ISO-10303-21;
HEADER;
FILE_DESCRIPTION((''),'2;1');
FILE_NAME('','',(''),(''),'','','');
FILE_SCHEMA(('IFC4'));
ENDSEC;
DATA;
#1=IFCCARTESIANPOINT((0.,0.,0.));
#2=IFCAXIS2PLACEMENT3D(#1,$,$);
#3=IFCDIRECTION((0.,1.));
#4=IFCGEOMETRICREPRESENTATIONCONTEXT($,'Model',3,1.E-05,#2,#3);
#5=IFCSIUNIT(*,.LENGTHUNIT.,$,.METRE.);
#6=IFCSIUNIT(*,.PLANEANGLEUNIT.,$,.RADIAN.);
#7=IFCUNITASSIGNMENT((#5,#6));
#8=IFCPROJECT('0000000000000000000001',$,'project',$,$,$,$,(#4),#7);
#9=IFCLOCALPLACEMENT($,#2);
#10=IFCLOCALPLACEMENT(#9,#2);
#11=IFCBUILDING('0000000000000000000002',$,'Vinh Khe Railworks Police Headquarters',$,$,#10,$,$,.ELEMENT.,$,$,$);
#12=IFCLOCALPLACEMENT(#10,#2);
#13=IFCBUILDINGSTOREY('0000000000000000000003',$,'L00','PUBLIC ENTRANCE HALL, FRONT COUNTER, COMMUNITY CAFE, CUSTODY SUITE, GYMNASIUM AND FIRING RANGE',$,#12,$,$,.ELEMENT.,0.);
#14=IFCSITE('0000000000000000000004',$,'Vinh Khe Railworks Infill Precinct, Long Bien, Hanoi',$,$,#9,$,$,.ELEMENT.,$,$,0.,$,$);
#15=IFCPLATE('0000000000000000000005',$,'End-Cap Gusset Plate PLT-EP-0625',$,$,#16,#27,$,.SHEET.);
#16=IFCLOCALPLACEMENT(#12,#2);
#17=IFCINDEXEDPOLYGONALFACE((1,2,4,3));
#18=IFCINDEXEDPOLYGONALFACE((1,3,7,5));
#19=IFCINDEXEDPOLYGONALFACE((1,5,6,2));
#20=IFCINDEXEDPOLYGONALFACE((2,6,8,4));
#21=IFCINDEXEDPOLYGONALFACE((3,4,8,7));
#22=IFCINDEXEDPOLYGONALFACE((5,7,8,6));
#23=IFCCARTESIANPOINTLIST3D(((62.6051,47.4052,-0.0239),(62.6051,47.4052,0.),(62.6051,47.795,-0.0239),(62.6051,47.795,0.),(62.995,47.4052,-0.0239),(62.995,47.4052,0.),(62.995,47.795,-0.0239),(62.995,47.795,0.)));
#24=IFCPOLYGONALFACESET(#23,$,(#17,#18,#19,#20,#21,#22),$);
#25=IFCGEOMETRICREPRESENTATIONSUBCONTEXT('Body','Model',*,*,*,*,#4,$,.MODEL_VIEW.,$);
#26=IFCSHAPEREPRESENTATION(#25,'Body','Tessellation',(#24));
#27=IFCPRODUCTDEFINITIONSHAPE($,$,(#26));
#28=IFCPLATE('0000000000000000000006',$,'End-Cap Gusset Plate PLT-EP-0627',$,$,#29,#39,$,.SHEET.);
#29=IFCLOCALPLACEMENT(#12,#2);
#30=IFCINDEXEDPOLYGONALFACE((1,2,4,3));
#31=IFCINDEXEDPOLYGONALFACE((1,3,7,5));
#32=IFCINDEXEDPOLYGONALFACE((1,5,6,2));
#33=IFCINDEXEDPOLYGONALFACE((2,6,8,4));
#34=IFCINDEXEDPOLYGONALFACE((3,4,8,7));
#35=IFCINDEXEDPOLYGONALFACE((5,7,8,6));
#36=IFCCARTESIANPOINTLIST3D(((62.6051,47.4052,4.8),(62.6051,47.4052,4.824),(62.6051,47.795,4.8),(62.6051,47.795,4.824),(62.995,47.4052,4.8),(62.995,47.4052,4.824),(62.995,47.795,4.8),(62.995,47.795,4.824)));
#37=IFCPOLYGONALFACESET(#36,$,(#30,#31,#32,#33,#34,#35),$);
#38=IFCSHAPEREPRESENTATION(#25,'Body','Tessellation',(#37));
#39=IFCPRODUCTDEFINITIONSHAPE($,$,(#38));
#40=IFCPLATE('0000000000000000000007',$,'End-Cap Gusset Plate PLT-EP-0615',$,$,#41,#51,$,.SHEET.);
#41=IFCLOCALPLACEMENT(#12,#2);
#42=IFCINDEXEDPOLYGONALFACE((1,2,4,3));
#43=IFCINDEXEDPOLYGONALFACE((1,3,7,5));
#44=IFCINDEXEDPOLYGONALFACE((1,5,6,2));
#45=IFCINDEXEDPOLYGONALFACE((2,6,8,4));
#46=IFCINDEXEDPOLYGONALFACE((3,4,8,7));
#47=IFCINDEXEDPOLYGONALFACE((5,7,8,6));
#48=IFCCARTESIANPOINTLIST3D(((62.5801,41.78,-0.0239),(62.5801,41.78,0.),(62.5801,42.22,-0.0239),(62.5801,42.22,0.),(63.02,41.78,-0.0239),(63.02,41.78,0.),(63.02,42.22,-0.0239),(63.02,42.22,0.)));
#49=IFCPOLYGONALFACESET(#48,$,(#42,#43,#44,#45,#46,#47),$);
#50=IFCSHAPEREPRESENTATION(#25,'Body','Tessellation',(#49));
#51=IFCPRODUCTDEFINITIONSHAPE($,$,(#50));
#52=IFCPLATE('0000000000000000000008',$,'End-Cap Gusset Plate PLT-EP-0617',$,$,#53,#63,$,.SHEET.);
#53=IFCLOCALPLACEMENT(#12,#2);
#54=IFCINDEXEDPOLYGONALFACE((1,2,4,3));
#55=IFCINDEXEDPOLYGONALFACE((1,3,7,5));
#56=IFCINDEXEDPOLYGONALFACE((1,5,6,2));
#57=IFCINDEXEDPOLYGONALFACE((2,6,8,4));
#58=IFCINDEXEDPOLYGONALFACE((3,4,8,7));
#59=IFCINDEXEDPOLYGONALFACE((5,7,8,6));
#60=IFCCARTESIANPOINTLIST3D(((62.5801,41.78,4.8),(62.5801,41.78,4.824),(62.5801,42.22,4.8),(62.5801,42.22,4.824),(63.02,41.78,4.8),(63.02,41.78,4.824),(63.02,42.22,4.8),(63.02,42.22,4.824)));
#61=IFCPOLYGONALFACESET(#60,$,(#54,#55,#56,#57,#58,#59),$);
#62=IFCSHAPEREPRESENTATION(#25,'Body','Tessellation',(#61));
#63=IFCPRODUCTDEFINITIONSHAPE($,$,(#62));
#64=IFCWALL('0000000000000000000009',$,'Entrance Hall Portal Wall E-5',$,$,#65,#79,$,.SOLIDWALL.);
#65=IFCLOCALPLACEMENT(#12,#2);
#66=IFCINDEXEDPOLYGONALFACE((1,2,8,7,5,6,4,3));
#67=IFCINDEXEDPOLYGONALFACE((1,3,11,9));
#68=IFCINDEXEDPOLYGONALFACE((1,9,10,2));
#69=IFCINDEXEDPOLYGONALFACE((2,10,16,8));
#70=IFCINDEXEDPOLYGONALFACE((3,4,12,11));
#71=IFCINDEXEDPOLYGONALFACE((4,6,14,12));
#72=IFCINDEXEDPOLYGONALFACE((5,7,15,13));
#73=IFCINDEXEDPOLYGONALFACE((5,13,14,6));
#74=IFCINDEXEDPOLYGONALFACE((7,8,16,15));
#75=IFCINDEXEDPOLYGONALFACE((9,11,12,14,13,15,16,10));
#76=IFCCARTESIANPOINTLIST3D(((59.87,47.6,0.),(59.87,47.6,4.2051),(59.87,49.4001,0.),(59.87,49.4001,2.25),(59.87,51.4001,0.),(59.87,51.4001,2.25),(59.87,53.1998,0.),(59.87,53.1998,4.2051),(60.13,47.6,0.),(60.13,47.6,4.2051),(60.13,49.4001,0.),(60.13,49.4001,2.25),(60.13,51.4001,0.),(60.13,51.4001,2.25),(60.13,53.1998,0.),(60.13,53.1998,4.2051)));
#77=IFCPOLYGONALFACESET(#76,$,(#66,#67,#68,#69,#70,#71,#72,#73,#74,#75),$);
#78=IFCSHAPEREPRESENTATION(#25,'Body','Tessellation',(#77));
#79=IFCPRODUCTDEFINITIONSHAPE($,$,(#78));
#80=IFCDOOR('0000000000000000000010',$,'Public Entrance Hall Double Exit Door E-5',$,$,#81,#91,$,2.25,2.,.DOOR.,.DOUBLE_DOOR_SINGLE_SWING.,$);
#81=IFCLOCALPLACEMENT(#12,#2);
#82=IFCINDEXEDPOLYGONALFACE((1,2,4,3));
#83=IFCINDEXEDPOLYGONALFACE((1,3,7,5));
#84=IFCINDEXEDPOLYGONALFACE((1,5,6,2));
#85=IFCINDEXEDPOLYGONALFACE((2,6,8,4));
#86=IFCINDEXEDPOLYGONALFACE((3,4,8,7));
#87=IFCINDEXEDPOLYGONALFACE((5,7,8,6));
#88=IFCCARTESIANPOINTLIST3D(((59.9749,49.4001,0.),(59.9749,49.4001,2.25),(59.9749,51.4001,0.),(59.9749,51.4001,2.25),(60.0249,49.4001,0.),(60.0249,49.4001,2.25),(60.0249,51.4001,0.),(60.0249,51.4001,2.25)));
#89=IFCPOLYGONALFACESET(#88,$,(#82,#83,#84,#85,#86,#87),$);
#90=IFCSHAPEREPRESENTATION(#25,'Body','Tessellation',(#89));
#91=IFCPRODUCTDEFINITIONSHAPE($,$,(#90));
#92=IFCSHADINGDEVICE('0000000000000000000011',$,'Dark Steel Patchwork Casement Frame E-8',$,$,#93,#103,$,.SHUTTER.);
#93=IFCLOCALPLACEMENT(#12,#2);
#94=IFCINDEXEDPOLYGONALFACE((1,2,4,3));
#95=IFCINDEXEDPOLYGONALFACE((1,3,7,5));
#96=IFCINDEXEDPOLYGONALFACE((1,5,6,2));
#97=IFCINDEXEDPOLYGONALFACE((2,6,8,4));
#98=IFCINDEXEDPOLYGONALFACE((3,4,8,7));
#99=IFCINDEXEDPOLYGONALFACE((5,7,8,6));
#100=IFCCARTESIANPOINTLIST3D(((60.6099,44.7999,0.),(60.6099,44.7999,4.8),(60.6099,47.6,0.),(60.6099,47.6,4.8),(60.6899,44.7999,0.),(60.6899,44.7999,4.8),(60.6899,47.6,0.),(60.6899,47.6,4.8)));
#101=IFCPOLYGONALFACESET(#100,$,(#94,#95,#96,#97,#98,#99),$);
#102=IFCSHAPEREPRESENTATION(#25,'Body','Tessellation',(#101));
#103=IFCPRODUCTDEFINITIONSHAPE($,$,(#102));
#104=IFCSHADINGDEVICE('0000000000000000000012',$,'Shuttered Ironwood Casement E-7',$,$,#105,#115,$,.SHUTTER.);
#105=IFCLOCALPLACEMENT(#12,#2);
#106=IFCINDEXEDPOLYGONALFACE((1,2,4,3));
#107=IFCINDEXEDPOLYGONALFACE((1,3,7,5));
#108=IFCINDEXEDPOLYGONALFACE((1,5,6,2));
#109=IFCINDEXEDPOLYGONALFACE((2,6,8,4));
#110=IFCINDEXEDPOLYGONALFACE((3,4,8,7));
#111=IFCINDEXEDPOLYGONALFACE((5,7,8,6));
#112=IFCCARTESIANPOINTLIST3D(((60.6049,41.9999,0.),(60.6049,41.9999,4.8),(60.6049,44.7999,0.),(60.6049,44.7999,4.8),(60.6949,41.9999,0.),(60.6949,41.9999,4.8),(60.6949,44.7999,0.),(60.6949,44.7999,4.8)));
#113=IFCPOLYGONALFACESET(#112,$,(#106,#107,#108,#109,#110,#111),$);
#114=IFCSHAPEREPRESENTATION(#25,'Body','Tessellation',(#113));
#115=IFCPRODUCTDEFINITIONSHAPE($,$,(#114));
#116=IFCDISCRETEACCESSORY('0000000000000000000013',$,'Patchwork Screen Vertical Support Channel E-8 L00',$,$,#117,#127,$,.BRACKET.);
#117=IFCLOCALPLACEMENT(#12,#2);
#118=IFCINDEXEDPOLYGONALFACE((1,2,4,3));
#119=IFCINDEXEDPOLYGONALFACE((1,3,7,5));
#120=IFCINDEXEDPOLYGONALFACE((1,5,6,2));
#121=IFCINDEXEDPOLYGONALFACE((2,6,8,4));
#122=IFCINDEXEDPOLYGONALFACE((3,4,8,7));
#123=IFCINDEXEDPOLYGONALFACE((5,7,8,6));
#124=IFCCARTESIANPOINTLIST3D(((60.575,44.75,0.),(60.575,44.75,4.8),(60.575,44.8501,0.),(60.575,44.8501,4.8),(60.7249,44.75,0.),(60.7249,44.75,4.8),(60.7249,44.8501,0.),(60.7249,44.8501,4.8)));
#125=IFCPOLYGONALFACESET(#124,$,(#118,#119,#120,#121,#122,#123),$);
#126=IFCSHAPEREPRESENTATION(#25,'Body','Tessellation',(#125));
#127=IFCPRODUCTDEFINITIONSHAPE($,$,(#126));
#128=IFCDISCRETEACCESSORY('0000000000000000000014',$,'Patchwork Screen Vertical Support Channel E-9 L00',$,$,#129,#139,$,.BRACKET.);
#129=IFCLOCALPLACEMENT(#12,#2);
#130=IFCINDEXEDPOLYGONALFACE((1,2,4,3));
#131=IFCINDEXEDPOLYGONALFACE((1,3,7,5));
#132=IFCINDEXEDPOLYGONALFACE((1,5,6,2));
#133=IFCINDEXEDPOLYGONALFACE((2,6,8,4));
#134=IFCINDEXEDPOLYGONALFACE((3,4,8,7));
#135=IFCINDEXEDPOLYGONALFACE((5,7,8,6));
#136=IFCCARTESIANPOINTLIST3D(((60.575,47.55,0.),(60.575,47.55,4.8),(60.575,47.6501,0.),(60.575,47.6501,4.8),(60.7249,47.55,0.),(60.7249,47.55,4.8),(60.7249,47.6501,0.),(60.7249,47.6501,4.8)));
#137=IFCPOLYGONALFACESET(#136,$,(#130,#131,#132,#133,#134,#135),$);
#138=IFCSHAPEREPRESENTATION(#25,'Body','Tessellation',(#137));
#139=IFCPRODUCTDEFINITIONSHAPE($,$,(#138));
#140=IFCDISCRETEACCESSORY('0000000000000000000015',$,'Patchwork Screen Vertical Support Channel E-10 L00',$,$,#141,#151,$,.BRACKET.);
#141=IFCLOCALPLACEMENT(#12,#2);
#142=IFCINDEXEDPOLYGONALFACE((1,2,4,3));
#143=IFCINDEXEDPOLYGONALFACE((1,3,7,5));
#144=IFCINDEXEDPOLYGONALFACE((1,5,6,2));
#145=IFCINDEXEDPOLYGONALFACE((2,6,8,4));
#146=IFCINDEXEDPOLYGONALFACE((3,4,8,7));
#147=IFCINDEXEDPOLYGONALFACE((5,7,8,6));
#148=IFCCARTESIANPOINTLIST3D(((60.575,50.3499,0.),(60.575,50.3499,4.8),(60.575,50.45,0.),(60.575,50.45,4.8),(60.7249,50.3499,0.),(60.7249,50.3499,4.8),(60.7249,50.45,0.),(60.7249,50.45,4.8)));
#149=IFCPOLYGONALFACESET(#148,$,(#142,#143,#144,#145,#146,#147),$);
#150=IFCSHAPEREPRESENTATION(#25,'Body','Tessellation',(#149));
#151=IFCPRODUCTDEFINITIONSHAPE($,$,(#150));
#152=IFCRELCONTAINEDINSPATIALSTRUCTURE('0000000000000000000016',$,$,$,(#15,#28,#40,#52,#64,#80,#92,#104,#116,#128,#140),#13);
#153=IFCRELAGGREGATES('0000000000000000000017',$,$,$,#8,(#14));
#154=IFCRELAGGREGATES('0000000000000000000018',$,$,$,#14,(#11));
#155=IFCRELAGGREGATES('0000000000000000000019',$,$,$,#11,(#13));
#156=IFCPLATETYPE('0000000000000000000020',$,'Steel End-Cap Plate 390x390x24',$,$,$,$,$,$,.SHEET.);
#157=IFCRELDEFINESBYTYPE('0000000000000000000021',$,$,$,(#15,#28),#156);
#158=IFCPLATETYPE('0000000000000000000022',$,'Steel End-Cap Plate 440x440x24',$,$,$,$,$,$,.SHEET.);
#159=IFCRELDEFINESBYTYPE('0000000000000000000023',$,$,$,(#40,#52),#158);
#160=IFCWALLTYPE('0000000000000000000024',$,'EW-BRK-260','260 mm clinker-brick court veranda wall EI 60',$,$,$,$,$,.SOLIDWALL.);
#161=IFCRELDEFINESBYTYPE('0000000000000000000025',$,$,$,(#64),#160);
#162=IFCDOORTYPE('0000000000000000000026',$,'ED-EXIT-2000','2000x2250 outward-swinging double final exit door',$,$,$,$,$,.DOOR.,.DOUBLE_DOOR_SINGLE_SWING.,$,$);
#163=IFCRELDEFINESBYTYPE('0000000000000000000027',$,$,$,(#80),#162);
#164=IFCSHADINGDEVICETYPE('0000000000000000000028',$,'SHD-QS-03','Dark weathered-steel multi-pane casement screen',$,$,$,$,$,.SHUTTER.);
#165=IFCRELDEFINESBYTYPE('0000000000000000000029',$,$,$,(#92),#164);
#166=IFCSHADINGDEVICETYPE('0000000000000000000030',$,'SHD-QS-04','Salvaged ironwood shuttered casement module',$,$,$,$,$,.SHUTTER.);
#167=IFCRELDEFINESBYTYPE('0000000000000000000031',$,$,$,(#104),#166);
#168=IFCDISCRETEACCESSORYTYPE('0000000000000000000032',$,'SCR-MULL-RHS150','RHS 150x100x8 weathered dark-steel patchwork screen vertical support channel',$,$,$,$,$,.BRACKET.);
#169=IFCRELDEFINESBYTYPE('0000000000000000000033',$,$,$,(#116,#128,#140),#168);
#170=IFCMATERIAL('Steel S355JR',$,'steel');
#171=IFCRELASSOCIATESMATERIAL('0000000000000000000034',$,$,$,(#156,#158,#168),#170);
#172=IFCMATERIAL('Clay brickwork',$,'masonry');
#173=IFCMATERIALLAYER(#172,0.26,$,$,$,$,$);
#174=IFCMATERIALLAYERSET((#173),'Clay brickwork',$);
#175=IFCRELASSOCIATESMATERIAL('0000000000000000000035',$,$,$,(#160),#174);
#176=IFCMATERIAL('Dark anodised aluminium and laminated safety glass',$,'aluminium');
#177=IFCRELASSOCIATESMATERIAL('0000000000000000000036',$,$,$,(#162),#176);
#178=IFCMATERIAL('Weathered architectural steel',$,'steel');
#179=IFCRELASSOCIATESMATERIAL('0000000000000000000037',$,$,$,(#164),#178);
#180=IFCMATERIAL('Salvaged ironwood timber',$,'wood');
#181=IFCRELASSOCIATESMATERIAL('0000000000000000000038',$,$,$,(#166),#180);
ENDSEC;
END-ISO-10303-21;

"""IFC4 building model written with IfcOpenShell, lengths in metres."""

from ifc_helpers import new_model, si_unit, direction, frame, frame_2d, origin, origin_2d, place, context, subcontext, project, spatial, rectangle, extrude, material, layer, layer_set, material_profile, profile_set, type_object, element, fill, save


model = new_model("IFC4")

# Units and contexts
model_context = context("Model", 3, precision=1e-05, world=origin(), true_north=direction((0.0, 1.0)))
body_context = subcontext(model_context, "Body", "Model", "MODEL_VIEW")
ifc_project = project(units=[si_unit("LENGTHUNIT", "METRE"), si_unit("PLANEANGLEUNIT", "RADIAN")], contexts=[model_context])

# Site, building, storey
site_placement = place(None, origin())
site = spatial("IfcSite", under=ifc_project, at=site_placement, Name="Vinh Khe Railworks Infill Precinct, Long Bien, Hanoi", CompositionType="ELEMENT", RefElevation=0.0)
building_placement = place(site_placement, origin())
building = spatial("IfcBuilding", under=site, at=building_placement, Name="Vinh Khe Railworks Police Headquarters", CompositionType="ELEMENT")
storey_placement = place(building_placement, origin())
storey = spatial("IfcBuildingStorey", under=building, at=storey_placement, Name="L00", Description="PUBLIC ENTRANCE HALL, FRONT COUNTER, COMMUNITY CAFE, CUSTODY SUITE, GYMNASIUM AND FIRING RANGE", CompositionType="ELEMENT", Elevation=0.0)

# Shared definitions
ifc_material_1 = material(Name="Steel S355JR", Category="steel")

# Shared definitions
ifc_material_2 = material(Name="Salvaged ironwood timber", Category="wood")

# Plates
ifc_material_profile_1 = material_profile(ifc_material_1, rectangle(XDim=0.3899, YDim=0.3899, at=origin_2d()), Name="PL 390x390")
ifc_profile_set_1 = profile_set([ifc_material_profile_1], Name="Steel S355JR")
plate_type_1 = type_object("IfcPlateType", Name="Steel End-Cap Plate 390x390x24", PredefinedType="SHEET", material=ifc_profile_set_1)
for number, where, z_axis, x_axis, name in (
    (1, (62.8, 47.6001, 0.0), (0.0, 0.0, -1.0), (1.0, 0.0, 0.0), "End-Cap Gusset Plate PLT-EP-0625"),
    (2, (62.8, 47.6001, 4.8), (0.0, 0.0, 1.0), (1.0, 0.0, 0.0), "End-Cap Gusset Plate PLT-EP-0627"),
):
    element("IfcPlate", number, at=place(storey_placement, frame(where, z_axis=z_axis, x_axis=x_axis)), inside=storey, type_object=plate_type_1, Name=name, PredefinedType="SHEET", context=body_context, shape_type="SweptSolid", body=[
        extrude(rectangle(XDim=0.3899, YDim=0.3899, at=origin_2d()), origin(), (0.0, 0.0, 1.0), 0.0239),
    ])
ifc_material_profile_2 = material_profile(ifc_material_1, rectangle(XDim=0.4399, YDim=0.4399, at=origin_2d()), Name="PL 440x440")
ifc_profile_set_2 = profile_set([ifc_material_profile_2], Name="Steel S355JR")
plate_type_2 = type_object("IfcPlateType", Name="Steel End-Cap Plate 440x440x24", PredefinedType="SHEET", material=ifc_profile_set_2)
for number, where, z_axis, x_axis, name in (
    (3, (62.8, 42.0, 0.0), (0.0, 0.0, -1.0), (1.0, 0.0, 0.0), "End-Cap Gusset Plate PLT-EP-0615"),
    (4, (62.8, 42.0, 4.8), (0.0, 0.0, 1.0), (1.0, 0.0, 0.0), "End-Cap Gusset Plate PLT-EP-0617"),
):
    element("IfcPlate", number, at=place(storey_placement, frame(where, z_axis=z_axis, x_axis=x_axis)), inside=storey, type_object=plate_type_2, Name=name, PredefinedType="SHEET", context=body_context, shape_type="SweptSolid", body=[
        extrude(rectangle(XDim=0.4399, YDim=0.4399, at=origin_2d()), origin(), (0.0, 0.0, 1.0), 0.0239),
    ])

# Wall, opening, door
ifc_material_3 = material(Name="Clay brickwork", Category="masonry")
ifc_layer_1 = layer(ifc_material_3, 0.26)
ifc_layer_set_1 = layer_set([ifc_layer_1], Name="Clay brickwork")
wall_type = type_object("IfcWallType", Name="EW-BRK-260", Description="260 mm clinker-brick court veranda wall EI 60", PredefinedType="SOLIDWALL", material=ifc_layer_set_1)
wall_placement = place(storey_placement, frame((60.0, 47.6001, 0.0), z_axis=(0.0, 0.0, 1.0), x_axis=(0.0, 1.0, 0.0)))
wall = element("IfcWall", 5, at=wall_placement, inside=storey, type_object=wall_type, Name="Entrance Hall Portal Wall E-5", PredefinedType="SOLIDWALL", context=body_context, shape_type="SweptSolid", body=[
    extrude(rectangle(XDim=5.5999, YDim=0.26, at=frame_2d((2.7998, 0.0))), origin(), (0.0, 0.0, 1.0), 4.2051),
])
opening_placement = place(wall_placement, frame((1.8, 0.0, 0.0)))
opening = element("IfcOpeningElement", 6, at=opening_placement, cuts=wall, PredefinedType="OPENING", context=body_context, shape_type="SweptSolid", body=[
    extrude(rectangle(XDim=2.0, YDim=2.25, at=frame_2d((1.0, 1.125))), frame((0.0, 0.145, 0.0), z_axis=(0.0, -1.0, 0.0), x_axis=(1.0, 0.0, 0.0)), (0.0, 0.0, 1.0), 0.2898),
])
ifc_material_4 = material(Name="Dark anodised aluminium and laminated safety glass", Category="aluminium")
door_type = type_object("IfcDoorType", Name="ED-EXIT-2000", Description="2000x2250 outward-swinging double final exit door", OperationType="DOUBLE_DOOR_SINGLE_SWING", PredefinedType="DOOR", material=ifc_material_4)
door_placement = place(opening_placement, frame((2.0, 0.0, 0.0), z_axis=(0.0, 0.0, 1.0), x_axis=(-1.0, 0.0, 0.0)))
door = element("IfcDoor", 7, at=door_placement, inside=storey, type_object=door_type, Name="Public Entrance Hall Double Exit Door E-5", OperationType="DOUBLE_DOOR_SINGLE_SWING", OverallHeight=2.25, OverallWidth=2.0, PredefinedType="DOOR", context=body_context, shape_type="SweptSolid", body=[
    extrude(rectangle(XDim=2.0, YDim=2.25, at=frame_2d((1.0, 1.125))), frame((0.0, 0.0249, 0.0), z_axis=(0.0, -1.0, 0.0), x_axis=(1.0, 0.0, 0.0)), (0.0, 0.0, 1.0), 0.05),
])
fill(opening, door)

# Shading devices
ifc_material_5 = material(Name="Weathered architectural steel", Category="steel")
shading_device_type_1 = type_object("IfcShadingDeviceType", Name="SHD-QS-03", Description="Dark weathered-steel multi-pane casement screen", PredefinedType="SHUTTER", material=ifc_material_5)
shading_device_1_placement = place(storey_placement, frame((60.6499, 46.2, 0.0), z_axis=(0.0, 0.0, 1.0), x_axis=(0.0, 1.0, 0.0)))
element("IfcShadingDevice", 8, at=shading_device_1_placement, inside=storey, type_object=shading_device_type_1, Name="Dark Steel Patchwork Casement Frame E-8", PredefinedType="SHUTTER", context=body_context, shape_type="SweptSolid", body=[
    extrude(rectangle(XDim=2.8, YDim=0.0801, at=origin_2d()), origin(), (0.0, 0.0, 1.0), 4.8),
])
shading_device_type_2 = type_object("IfcShadingDeviceType", Name="SHD-QS-04", Description="Salvaged ironwood shuttered casement module", PredefinedType="SHUTTER", material=ifc_material_2)
shading_device_2_placement = place(storey_placement, frame((60.6499, 43.3999, 0.0), z_axis=(0.0, 0.0, 1.0), x_axis=(0.0, 1.0, 0.0)))
element("IfcShadingDevice", 9, at=shading_device_2_placement, inside=storey, type_object=shading_device_type_2, Name="Shuttered Ironwood Casement E-7", PredefinedType="SHUTTER", context=body_context, shape_type="SweptSolid", body=[
    extrude(rectangle(XDim=2.8, YDim=0.0901, at=origin_2d()), origin(), (0.0, 0.0, 1.0), 4.8),
])

# Discrete accessories
discrete_accessory_type = type_object("IfcDiscreteAccessoryType", Name="SCR-MULL-RHS150", Description="RHS 150x100x8 weathered dark-steel patchwork screen vertical support channel", PredefinedType="BRACKET", material=ifc_material_1)
for number, where, z_axis, x_axis, name in (
    (10, (60.6499, 44.8, 0.0), (0.0, 0.0, 1.0), (1.0, 0.0, 0.0), "Patchwork Screen Vertical Support Channel E-8 L00"),
    (11, (60.6499, 47.6001, 0.0), (0.0, 0.0, 1.0), (1.0, 0.0, 0.0), "Patchwork Screen Vertical Support Channel E-9 L00"),
    (12, (60.6499, 50.3999, 0.0), (0.0, 0.0, 1.0), (1.0, 0.0, 0.0), "Patchwork Screen Vertical Support Channel E-10 L00"),
):
    element("IfcDiscreteAccessory", number, at=place(storey_placement, frame(where, z_axis=z_axis, x_axis=x_axis)), inside=storey, type_object=discrete_accessory_type, Name=name, PredefinedType="BRACKET", context=body_context, shape_type="SweptSolid", body=[
        extrude(rectangle(XDim=0.1499, YDim=0.1001, at=origin_2d()), origin(), (0.0, 0.0, 1.0), 4.8),
    ])

save(model, "model.ifc")
